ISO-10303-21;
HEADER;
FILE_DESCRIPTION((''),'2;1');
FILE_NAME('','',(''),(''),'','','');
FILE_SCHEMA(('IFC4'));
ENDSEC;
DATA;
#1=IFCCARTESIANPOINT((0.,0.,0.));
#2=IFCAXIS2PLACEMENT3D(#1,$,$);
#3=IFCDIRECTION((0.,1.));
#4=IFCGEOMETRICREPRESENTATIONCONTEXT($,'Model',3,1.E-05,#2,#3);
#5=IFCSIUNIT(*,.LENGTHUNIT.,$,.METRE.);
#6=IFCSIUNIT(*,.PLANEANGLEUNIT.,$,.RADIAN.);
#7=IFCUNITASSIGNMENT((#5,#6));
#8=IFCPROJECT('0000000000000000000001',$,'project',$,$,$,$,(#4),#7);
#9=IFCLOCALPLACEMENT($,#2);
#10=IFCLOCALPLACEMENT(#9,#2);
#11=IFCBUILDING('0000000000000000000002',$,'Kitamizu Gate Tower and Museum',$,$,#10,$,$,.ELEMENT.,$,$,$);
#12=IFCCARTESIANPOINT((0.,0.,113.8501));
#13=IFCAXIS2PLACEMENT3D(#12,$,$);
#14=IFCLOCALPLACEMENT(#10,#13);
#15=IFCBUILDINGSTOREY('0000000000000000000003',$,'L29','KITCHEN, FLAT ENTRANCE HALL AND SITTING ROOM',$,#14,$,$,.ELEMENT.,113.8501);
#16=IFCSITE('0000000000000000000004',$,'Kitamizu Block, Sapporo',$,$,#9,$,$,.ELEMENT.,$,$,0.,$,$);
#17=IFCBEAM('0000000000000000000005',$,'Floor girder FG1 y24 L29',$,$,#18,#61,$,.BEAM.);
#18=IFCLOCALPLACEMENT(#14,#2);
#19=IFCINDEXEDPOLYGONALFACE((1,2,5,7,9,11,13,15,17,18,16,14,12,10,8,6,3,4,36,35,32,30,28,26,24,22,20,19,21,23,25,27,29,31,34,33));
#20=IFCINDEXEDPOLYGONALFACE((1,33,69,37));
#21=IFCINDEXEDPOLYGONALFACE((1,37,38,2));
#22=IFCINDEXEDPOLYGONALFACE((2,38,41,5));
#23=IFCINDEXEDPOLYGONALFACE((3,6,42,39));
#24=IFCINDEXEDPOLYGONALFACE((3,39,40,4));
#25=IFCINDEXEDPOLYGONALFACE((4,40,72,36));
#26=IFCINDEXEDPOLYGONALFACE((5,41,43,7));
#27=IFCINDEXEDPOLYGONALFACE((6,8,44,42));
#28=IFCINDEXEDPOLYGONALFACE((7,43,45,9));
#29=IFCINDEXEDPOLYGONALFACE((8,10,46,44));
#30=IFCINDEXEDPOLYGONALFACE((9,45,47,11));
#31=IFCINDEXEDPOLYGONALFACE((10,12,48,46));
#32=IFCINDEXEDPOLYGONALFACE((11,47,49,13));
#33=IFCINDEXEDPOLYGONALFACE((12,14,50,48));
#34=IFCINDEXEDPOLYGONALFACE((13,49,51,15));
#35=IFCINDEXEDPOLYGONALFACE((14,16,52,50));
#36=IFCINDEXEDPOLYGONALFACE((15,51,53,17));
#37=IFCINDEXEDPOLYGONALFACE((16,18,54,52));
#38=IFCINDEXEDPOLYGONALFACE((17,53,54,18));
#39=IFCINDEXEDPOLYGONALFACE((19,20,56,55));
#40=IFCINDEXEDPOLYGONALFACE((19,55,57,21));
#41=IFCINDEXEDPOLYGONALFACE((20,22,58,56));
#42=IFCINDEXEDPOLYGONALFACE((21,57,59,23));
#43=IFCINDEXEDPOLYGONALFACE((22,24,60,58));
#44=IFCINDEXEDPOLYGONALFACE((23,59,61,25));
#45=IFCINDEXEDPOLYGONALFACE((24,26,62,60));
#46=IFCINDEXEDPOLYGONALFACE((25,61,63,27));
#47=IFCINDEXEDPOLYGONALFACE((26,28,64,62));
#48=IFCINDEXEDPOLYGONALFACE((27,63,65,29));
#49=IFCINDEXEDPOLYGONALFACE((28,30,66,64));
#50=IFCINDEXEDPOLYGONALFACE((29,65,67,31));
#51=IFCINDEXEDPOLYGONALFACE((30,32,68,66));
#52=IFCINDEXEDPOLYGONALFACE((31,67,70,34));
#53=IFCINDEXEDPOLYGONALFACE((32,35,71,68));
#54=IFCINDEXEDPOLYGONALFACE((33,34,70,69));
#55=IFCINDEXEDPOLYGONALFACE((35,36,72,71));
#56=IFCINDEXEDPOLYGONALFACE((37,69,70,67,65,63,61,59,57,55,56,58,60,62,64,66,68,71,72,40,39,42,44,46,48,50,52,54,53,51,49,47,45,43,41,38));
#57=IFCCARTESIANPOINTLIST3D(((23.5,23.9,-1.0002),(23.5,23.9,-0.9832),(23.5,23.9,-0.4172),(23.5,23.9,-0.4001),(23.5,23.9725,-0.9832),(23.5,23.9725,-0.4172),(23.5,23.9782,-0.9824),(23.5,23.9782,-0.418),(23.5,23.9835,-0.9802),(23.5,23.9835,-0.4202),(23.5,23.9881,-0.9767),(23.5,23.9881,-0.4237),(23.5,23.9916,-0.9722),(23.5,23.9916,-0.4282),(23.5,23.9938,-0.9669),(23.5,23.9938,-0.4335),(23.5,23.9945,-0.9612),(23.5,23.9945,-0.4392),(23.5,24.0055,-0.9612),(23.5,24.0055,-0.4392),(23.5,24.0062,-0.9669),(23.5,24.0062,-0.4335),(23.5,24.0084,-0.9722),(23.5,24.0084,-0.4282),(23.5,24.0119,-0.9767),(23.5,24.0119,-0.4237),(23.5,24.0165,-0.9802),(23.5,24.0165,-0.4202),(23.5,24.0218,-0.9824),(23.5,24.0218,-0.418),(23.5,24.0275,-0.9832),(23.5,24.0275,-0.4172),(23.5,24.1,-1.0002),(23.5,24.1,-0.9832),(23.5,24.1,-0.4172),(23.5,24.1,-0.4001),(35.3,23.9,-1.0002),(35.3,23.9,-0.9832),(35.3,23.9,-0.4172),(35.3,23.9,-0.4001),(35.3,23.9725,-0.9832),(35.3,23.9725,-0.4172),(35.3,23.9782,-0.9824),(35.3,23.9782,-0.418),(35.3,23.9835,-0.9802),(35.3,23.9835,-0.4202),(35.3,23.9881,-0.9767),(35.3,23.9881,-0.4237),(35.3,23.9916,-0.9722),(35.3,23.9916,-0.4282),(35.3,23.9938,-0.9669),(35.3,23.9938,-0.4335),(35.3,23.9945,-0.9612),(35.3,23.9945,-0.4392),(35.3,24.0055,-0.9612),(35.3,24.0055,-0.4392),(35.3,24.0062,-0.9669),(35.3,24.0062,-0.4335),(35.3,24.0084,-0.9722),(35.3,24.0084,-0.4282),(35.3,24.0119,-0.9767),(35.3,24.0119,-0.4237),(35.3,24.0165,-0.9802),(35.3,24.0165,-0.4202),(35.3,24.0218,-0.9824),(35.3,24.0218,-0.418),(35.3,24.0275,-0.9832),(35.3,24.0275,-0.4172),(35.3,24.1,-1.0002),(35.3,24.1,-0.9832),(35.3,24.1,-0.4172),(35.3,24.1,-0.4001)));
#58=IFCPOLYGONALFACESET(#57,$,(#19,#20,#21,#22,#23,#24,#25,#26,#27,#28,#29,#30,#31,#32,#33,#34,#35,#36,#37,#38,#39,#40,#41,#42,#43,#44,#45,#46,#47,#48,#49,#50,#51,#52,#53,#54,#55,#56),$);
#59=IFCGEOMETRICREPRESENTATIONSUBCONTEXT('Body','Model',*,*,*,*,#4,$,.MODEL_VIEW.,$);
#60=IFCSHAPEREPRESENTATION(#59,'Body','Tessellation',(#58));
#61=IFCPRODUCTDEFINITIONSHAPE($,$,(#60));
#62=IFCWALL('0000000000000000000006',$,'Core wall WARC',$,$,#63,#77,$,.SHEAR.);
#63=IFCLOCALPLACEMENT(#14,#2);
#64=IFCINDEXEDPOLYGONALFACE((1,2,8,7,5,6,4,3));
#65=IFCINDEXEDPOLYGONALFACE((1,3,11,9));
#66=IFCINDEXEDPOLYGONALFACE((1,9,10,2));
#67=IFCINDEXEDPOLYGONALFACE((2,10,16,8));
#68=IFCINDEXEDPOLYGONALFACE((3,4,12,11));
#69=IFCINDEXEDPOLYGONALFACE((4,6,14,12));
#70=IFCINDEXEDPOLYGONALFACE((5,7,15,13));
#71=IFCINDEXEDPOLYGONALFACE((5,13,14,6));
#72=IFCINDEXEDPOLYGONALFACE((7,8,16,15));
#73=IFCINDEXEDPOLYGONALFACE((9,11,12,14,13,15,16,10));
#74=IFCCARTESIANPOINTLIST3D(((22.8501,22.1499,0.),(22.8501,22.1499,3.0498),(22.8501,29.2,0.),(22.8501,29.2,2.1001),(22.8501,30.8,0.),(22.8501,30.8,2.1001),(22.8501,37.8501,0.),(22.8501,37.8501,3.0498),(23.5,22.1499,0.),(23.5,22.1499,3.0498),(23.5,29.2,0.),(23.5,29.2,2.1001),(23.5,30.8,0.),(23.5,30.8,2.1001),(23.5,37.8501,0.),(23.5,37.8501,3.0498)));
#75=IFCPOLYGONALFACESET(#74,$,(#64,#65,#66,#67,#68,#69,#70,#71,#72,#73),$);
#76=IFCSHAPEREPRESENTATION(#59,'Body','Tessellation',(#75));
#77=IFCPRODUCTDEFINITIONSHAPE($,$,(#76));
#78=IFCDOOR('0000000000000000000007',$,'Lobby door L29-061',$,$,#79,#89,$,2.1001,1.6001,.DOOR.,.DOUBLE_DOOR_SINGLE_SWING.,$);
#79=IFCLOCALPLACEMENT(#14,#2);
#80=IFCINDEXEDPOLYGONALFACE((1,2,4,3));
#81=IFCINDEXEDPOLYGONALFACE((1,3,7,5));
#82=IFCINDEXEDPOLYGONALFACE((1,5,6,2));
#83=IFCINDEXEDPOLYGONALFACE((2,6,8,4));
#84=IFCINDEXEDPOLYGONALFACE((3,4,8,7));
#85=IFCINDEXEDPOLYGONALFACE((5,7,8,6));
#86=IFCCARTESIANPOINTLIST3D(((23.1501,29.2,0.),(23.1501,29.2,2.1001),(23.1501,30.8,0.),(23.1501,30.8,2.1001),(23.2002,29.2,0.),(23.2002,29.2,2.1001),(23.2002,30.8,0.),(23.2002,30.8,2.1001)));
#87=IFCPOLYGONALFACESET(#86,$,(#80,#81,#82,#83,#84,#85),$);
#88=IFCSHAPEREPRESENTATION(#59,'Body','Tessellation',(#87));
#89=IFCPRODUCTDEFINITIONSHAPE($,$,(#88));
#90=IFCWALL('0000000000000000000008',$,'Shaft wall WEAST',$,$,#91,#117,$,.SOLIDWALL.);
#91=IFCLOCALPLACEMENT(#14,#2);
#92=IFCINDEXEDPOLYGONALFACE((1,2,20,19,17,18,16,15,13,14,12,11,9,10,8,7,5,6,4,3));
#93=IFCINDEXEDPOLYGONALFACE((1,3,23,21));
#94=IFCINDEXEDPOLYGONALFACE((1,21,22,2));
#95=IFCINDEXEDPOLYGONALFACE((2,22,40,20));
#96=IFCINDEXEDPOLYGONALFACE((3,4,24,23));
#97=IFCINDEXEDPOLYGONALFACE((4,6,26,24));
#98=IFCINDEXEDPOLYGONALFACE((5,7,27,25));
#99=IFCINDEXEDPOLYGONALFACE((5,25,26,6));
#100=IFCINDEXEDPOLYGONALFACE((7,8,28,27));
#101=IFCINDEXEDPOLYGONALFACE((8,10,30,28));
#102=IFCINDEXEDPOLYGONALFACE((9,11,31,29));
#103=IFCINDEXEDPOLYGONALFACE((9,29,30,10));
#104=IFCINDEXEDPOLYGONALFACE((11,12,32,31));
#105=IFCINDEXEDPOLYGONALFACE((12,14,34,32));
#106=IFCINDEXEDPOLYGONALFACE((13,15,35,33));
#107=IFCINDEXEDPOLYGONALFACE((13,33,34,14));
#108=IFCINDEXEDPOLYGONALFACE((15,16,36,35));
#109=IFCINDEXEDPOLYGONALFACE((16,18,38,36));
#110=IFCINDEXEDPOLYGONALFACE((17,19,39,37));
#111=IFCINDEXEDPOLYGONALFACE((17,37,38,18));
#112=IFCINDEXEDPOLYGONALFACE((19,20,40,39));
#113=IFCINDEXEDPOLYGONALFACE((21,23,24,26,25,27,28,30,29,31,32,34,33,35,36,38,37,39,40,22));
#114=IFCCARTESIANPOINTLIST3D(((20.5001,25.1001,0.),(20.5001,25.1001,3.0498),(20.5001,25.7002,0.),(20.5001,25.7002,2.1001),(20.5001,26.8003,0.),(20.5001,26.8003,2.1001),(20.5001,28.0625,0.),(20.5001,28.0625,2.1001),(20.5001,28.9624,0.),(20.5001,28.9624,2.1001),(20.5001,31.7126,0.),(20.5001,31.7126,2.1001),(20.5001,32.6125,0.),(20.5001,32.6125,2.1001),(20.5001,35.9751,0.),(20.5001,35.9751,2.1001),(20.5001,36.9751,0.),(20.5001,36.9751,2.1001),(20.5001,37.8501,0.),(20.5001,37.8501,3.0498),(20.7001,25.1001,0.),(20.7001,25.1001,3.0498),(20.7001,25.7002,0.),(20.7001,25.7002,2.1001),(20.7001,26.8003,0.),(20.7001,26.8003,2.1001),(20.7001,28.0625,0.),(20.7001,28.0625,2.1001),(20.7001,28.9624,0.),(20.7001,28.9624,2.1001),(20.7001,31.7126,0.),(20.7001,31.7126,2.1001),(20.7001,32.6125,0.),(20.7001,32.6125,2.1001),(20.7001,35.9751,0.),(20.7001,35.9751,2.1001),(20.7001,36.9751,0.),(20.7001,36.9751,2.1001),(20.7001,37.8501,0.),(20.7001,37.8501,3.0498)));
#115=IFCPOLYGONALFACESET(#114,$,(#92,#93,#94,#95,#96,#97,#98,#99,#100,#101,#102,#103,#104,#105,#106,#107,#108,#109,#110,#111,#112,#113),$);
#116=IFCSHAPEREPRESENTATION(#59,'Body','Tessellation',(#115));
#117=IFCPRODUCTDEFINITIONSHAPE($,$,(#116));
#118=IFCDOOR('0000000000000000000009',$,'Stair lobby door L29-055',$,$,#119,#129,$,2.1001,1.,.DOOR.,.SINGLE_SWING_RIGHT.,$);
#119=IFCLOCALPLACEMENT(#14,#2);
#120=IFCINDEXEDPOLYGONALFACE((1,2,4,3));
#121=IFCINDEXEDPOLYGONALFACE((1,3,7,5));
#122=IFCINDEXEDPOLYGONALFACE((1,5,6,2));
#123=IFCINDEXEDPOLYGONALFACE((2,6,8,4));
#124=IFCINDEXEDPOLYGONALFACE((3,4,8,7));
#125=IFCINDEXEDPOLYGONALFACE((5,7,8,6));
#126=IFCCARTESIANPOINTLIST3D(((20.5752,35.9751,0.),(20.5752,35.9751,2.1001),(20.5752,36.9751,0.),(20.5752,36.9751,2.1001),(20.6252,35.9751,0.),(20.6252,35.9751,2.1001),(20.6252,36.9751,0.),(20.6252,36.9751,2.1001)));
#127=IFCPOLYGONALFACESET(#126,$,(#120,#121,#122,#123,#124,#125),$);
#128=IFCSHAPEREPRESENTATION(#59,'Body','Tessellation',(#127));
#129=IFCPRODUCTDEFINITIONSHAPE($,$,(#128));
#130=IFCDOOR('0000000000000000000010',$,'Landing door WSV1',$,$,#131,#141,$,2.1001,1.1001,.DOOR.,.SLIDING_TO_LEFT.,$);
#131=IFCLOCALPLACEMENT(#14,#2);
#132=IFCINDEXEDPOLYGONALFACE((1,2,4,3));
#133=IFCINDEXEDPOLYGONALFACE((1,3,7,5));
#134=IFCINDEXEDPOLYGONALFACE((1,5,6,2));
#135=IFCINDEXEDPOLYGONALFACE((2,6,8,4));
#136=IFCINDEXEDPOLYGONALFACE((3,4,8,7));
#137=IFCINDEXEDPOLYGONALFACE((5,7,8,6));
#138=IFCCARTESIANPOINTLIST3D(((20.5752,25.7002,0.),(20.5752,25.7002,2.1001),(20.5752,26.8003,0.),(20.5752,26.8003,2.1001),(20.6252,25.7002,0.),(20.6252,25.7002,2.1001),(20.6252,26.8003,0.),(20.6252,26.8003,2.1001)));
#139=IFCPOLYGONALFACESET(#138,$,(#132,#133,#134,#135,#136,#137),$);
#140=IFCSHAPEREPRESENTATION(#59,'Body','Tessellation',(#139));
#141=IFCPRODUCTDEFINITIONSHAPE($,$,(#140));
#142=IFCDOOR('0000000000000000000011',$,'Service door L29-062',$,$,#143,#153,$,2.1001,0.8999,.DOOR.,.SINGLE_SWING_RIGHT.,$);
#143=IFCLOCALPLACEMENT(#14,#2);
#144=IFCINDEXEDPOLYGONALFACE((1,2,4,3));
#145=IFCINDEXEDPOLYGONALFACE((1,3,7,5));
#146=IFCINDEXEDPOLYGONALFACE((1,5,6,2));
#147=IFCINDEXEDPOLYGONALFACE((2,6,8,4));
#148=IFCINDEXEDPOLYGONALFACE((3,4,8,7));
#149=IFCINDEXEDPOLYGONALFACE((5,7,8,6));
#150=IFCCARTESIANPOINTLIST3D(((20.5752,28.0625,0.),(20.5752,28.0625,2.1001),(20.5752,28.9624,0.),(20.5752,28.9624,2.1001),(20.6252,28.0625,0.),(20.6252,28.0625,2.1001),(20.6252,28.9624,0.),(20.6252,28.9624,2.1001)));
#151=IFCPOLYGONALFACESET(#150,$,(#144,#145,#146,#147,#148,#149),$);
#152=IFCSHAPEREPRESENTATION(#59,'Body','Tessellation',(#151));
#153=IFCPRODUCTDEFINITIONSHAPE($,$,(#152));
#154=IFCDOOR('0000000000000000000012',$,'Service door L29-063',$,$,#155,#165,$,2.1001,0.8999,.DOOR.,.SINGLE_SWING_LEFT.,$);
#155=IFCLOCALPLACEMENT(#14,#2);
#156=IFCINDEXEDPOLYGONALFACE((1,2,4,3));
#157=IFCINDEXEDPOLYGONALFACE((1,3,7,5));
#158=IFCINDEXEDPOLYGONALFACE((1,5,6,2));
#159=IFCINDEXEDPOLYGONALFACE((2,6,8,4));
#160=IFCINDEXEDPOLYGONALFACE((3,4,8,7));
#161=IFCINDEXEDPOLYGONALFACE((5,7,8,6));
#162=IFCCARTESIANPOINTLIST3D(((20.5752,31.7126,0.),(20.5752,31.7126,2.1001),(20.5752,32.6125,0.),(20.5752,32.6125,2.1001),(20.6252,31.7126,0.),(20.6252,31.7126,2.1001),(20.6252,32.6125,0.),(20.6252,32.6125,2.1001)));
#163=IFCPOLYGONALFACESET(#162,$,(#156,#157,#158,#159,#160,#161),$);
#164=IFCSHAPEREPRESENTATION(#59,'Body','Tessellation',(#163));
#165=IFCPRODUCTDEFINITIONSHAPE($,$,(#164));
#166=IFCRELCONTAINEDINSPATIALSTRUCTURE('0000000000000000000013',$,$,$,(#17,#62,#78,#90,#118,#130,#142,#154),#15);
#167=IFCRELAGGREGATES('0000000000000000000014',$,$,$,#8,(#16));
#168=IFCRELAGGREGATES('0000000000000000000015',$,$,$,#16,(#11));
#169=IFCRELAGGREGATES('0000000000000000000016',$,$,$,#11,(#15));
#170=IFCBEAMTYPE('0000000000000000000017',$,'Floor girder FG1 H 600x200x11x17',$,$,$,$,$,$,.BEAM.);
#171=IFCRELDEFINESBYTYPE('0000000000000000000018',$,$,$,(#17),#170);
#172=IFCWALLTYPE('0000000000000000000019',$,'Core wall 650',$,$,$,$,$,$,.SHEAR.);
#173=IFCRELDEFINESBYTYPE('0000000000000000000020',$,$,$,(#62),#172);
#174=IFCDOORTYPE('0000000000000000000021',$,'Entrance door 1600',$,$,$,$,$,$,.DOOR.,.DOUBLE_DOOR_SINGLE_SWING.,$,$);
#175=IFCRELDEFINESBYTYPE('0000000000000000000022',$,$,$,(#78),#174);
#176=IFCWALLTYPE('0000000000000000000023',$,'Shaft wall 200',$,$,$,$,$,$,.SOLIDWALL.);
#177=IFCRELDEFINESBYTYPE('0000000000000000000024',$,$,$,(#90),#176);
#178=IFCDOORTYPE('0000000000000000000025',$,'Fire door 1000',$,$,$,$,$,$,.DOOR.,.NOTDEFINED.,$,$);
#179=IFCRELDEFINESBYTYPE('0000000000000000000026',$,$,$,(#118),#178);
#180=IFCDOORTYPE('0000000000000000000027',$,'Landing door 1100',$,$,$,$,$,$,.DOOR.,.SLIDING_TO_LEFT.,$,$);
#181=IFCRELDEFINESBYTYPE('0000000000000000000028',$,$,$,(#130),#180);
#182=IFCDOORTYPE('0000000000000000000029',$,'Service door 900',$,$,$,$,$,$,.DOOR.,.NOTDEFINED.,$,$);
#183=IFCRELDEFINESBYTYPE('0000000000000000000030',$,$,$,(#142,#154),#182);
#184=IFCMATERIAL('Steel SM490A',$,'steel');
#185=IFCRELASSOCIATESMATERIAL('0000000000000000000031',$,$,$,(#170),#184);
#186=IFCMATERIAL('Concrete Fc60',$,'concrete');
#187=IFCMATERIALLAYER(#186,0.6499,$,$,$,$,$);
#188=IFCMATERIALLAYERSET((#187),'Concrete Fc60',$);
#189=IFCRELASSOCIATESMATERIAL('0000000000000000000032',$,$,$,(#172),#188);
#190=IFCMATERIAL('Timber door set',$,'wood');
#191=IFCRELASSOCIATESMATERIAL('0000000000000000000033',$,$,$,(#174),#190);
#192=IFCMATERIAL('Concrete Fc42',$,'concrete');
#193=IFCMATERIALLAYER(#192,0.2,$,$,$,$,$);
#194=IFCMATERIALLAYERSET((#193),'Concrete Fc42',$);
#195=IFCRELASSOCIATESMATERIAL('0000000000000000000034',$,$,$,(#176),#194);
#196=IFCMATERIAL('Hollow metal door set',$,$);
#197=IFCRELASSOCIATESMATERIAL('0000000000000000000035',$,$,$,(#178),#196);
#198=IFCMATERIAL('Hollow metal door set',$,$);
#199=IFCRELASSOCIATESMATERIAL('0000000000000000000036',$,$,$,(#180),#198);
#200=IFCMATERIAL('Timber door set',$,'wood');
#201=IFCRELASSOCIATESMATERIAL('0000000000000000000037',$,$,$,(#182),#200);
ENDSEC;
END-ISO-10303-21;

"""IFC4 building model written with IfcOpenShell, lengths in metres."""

from ifc_helpers import new_model, si_unit, direction, frame, frame_2d, origin, origin_2d, place, context, subcontext, project, spatial, rectangle, i_section, extrude, material, layer, layer_set, material_profile, profile_set, type_object, element, fill, save


model = new_model("IFC4")

# Units and contexts
model_context = context("Model", 3, precision=1e-05, world=origin(), true_north=direction((0.0, 1.0)))
body_context = subcontext(model_context, "Body", "Model", "MODEL_VIEW")
ifc_project = project(units=[si_unit("LENGTHUNIT", "METRE"), si_unit("PLANEANGLEUNIT", "RADIAN")], contexts=[model_context])

# Site, building, storey
site_placement = place(None, origin())
site = spatial("IfcSite", under=ifc_project, at=site_placement, Name="Kitamizu Block, Sapporo", CompositionType="ELEMENT", RefElevation=0.0)
building_placement = place(site_placement, origin())
building = spatial("IfcBuilding", under=site, at=building_placement, Name="Kitamizu Gate Tower and Museum", CompositionType="ELEMENT")
storey_placement = place(building_placement, frame((0.0, 0.0, 113.8501)))
storey = spatial("IfcBuildingStorey", under=building, at=storey_placement, Name="L29", Description="KITCHEN, FLAT ENTRANCE HALL AND SITTING ROOM", CompositionType="ELEMENT", Elevation=113.8501)

# Beam
ifc_material_1 = material(Name="Steel SM490A", Category="steel")
ifc_material_profile = material_profile(ifc_material_1, i_section(OverallWidth=0.2, OverallDepth=0.6001, WebThickness=0.011, FlangeThickness=0.0171, FilletRadius=0.022, at=origin_2d()), Name="H-600x200x11x17")
ifc_profile_set = profile_set([ifc_material_profile], Name="Steel SM490A")
beam_type = type_object("IfcBeamType", Name="Floor girder FG1 H 600x200x11x17", PredefinedType="BEAM", material=ifc_profile_set)
beam_placement = place(storey_placement, frame((23.5, 24.0, -0.7002), z_axis=(1.0, 0.0, 0.0), x_axis=(0.0, 1.0, 0.0)))
element("IfcBeam", 1, at=beam_placement, inside=storey, type_object=beam_type, Name="Floor girder FG1 y24 L29", PredefinedType="BEAM", context=body_context, shape_type="SweptSolid", body=[
    extrude(i_section(OverallWidth=0.2, OverallDepth=0.6001, WebThickness=0.011, FlangeThickness=0.0171, FilletRadius=0.022, at=origin_2d()), origin(), (0.0, 0.0, 1.0), 11.8),
])

# Wall, opening, door
ifc_material_2 = material(Name="Concrete Fc60", Category="concrete")
ifc_layer_1 = layer(ifc_material_2, 0.6499)
ifc_layer_set_1 = layer_set([ifc_layer_1], Name="Concrete Fc60")
wall_type_1 = type_object("IfcWallType", Name="Core wall 650", PredefinedType="SHEAR", material=ifc_layer_set_1)
wall_1_placement = place(storey_placement, frame((23.175, 22.1499, 0.0), z_axis=(0.0, 0.0, 1.0), x_axis=(0.0, 1.0, 0.0)))
wall_1 = element("IfcWall", 2, at=wall_1_placement, inside=storey, type_object=wall_type_1, Name="Core wall WARC", PredefinedType="SHEAR", context=body_context, shape_type="SweptSolid", body=[
    extrude(rectangle(XDim=15.7002, YDim=0.6499, at=frame_2d((7.8501, 0.0))), origin(), (0.0, 0.0, 1.0), 3.0498),
])
opening_1_placement = place(wall_1_placement, frame((7.05, 0.0, 0.0)))
opening_1 = element("IfcOpeningElement", 3, at=opening_1_placement, cuts=wall_1, PredefinedType="OPENING", context=body_context, shape_type="SweptSolid", body=[
    extrude(rectangle(XDim=1.6001, YDim=2.1001, at=frame_2d((0.8, 1.05))), frame((0.0, 0.335, 0.0), z_axis=(0.0, -1.0, 0.0), x_axis=(1.0, 0.0, 0.0)), (0.0, 0.0, 1.0), 0.6699),
])
ifc_material_3 = material(Name="Timber door set", Category="wood")
door_type_1 = type_object("IfcDoorType", Name="Entrance door 1600", OperationType="DOUBLE_DOOR_SINGLE_SWING", PredefinedType="DOOR", material=ifc_material_3)
door_1_placement = place(opening_1_placement, origin())
door_1 = element("IfcDoor", 4, at=door_1_placement, inside=storey, type_object=door_type_1, Name="Lobby door L29-061", OperationType="DOUBLE_DOOR_SINGLE_SWING", OverallHeight=2.1001, OverallWidth=1.6001, PredefinedType="DOOR", context=body_context, shape_type="SweptSolid", body=[
    extrude(rectangle(XDim=1.6001, YDim=2.1001, at=frame_2d((0.8, 1.05))), frame((0.0, 0.0249, 0.0), z_axis=(0.0, -1.0, 0.0), x_axis=(1.0, 0.0, 0.0)), (0.0, 0.0, 1.0), 0.05),
])
fill(opening_1, door_1)

# Wall, openings, doors
ifc_material_4 = material(Name="Concrete Fc42", Category="concrete")
ifc_layer_2 = layer(ifc_material_4, 0.2)
ifc_layer_set_2 = layer_set([ifc_layer_2], Name="Concrete Fc42")
wall_type_2 = type_object("IfcWallType", Name="Shaft wall 200", PredefinedType="SOLIDWALL", material=ifc_layer_set_2)
wall_2_placement = place(storey_placement, frame((20.6001, 25.1001, 0.0), z_axis=(0.0, 0.0, 1.0), x_axis=(0.0, 1.0, 0.0)))
wall_2 = element("IfcWall", 5, at=wall_2_placement, inside=storey, type_object=wall_type_2, Name="Shaft wall WEAST", PredefinedType="SOLIDWALL", context=body_context, shape_type="SweptSolid", body=[
    extrude(rectangle(XDim=12.75, YDim=0.2, at=frame_2d((6.375, 0.0))), origin(), (0.0, 0.0, 1.0), 3.0498),
])
opening_2_placement = place(wall_2_placement, frame((0.6001, 0.0, 0.0)))
opening_2 = element("IfcOpeningElement", 6, at=opening_2_placement, cuts=wall_2, PredefinedType="OPENING", context=body_context, shape_type="SweptSolid", body=[
    extrude(rectangle(XDim=1.1001, YDim=2.1001, at=frame_2d((0.55, 1.05))), frame((0.0, 0.1099, 0.0), z_axis=(0.0, -1.0, 0.0), x_axis=(1.0, 0.0, 0.0)), (0.0, 0.0, 1.0), 0.22),
])
opening_3_placement = place(wall_2_placement, frame((10.875, 0.0, 0.0)))
opening_3 = element("IfcOpeningElement", 7, at=opening_3_placement, cuts=wall_2, PredefinedType="OPENING", context=body_context, shape_type="SweptSolid", body=[
    extrude(rectangle(XDim=1.0, YDim=2.1001, at=frame_2d((0.5, 1.05))), frame((0.0, 0.1099, 0.0), z_axis=(0.0, -1.0, 0.0), x_axis=(1.0, 0.0, 0.0)), (0.0, 0.0, 1.0), 0.22),
])
opening_4_placement = place(wall_2_placement, frame((2.9624, 0.0, 0.0)))
opening_4 = element("IfcOpeningElement", 8, at=opening_4_placement, cuts=wall_2, PredefinedType="OPENING", context=body_context, shape_type="SweptSolid", body=[
    extrude(rectangle(XDim=0.8999, YDim=2.1001, at=frame_2d((0.45, 1.05))), frame((0.0, 0.1099, 0.0), z_axis=(0.0, -1.0, 0.0), x_axis=(1.0, 0.0, 0.0)), (0.0, 0.0, 1.0), 0.22),
])
opening_5_placement = place(wall_2_placement, frame((6.6125, 0.0, 0.0)))
opening_5 = element("IfcOpeningElement", 9, at=opening_5_placement, cuts=wall_2, PredefinedType="OPENING", context=body_context, shape_type="SweptSolid", body=[
    extrude(rectangle(XDim=0.8999, YDim=2.1001, at=frame_2d((0.45, 1.05))), frame((0.0, 0.1099, 0.0), z_axis=(0.0, -1.0, 0.0), x_axis=(1.0, 0.0, 0.0)), (0.0, 0.0, 1.0), 0.22),
])
ifc_material_5 = material(Name="Hollow metal door set")
door_type_2 = type_object("IfcDoorType", Name="Fire door 1000", OperationType="NOTDEFINED", PredefinedType="DOOR", material=ifc_material_5)
door_2_placement = place(opening_3_placement, origin())
door_2 = element("IfcDoor", 10, at=door_2_placement, inside=storey, type_object=door_type_2, Name="Stair lobby door L29-055", OperationType="SINGLE_SWING_RIGHT", OverallHeight=2.1001, OverallWidth=1.0, PredefinedType="DOOR", context=body_context, shape_type="SweptSolid", body=[
    extrude(rectangle(XDim=1.0, YDim=2.1001, at=frame_2d((0.5, 1.05))), frame((0.0, 0.0249, 0.0), z_axis=(0.0, -1.0, 0.0), x_axis=(1.0, 0.0, 0.0)), (0.0, 0.0, 1.0), 0.05),
])
fill(opening_3, door_2)
ifc_material_6 = material(Name="Hollow metal door set")
door_type_3 = type_object("IfcDoorType", Name="Landing door 1100", OperationType="SLIDING_TO_LEFT", PredefinedType="DOOR", material=ifc_material_6)
door_3_placement = place(opening_2_placement, origin())
door_3 = element("IfcDoor", 11, at=door_3_placement, inside=storey, type_object=door_type_3, Name="Landing door WSV1", OperationType="SLIDING_TO_LEFT", OverallHeight=2.1001, OverallWidth=1.1001, PredefinedType="DOOR", context=body_context, shape_type="SweptSolid", body=[
    extrude(rectangle(XDim=1.1001, YDim=2.1001, at=frame_2d((0.55, 1.05))), frame((0.0, 0.0249, 0.0), z_axis=(0.0, -1.0, 0.0), x_axis=(1.0, 0.0, 0.0)), (0.0, 0.0, 1.0), 0.05),
])
fill(opening_2, door_3)
ifc_material_7 = material(Name="Timber door set", Category="wood")
door_type_4 = type_object("IfcDoorType", Name="Service door 900", OperationType="NOTDEFINED", PredefinedType="DOOR", material=ifc_material_7)
door_4_placement = place(opening_4_placement, origin())
door_4 = element("IfcDoor", 12, at=door_4_placement, inside=storey, type_object=door_type_4, Name="Service door L29-062", OperationType="SINGLE_SWING_RIGHT", OverallHeight=2.1001, OverallWidth=0.8999, PredefinedType="DOOR", context=body_context, shape_type="SweptSolid", body=[
    extrude(rectangle(XDim=0.8999, YDim=2.1001, at=frame_2d((0.45, 1.05))), frame((0.0, 0.0249, 0.0), z_axis=(0.0, -1.0, 0.0), x_axis=(1.0, 0.0, 0.0)), (0.0, 0.0, 1.0), 0.05),
])
fill(opening_4, door_4)
door_5_placement = place(opening_5_placement, origin())
door_5 = element("IfcDoor", 13, at=door_5_placement, inside=storey, type_object=door_type_4, Name="Service door L29-063", OperationType="SINGLE_SWING_LEFT", OverallHeight=2.1001, OverallWidth=0.8999, PredefinedType="DOOR", context=body_context, shape_type="SweptSolid", body=[
    extrude(rectangle(XDim=0.8999, YDim=2.1001, at=frame_2d((0.45, 1.05))), frame((0.0, 0.0249, 0.0), z_axis=(0.0, -1.0, 0.0), x_axis=(1.0, 0.0, 0.0)), (0.0, 0.0, 1.0), 0.05),
])
fill(opening_5, door_5)

save(model, "model.ifc")
